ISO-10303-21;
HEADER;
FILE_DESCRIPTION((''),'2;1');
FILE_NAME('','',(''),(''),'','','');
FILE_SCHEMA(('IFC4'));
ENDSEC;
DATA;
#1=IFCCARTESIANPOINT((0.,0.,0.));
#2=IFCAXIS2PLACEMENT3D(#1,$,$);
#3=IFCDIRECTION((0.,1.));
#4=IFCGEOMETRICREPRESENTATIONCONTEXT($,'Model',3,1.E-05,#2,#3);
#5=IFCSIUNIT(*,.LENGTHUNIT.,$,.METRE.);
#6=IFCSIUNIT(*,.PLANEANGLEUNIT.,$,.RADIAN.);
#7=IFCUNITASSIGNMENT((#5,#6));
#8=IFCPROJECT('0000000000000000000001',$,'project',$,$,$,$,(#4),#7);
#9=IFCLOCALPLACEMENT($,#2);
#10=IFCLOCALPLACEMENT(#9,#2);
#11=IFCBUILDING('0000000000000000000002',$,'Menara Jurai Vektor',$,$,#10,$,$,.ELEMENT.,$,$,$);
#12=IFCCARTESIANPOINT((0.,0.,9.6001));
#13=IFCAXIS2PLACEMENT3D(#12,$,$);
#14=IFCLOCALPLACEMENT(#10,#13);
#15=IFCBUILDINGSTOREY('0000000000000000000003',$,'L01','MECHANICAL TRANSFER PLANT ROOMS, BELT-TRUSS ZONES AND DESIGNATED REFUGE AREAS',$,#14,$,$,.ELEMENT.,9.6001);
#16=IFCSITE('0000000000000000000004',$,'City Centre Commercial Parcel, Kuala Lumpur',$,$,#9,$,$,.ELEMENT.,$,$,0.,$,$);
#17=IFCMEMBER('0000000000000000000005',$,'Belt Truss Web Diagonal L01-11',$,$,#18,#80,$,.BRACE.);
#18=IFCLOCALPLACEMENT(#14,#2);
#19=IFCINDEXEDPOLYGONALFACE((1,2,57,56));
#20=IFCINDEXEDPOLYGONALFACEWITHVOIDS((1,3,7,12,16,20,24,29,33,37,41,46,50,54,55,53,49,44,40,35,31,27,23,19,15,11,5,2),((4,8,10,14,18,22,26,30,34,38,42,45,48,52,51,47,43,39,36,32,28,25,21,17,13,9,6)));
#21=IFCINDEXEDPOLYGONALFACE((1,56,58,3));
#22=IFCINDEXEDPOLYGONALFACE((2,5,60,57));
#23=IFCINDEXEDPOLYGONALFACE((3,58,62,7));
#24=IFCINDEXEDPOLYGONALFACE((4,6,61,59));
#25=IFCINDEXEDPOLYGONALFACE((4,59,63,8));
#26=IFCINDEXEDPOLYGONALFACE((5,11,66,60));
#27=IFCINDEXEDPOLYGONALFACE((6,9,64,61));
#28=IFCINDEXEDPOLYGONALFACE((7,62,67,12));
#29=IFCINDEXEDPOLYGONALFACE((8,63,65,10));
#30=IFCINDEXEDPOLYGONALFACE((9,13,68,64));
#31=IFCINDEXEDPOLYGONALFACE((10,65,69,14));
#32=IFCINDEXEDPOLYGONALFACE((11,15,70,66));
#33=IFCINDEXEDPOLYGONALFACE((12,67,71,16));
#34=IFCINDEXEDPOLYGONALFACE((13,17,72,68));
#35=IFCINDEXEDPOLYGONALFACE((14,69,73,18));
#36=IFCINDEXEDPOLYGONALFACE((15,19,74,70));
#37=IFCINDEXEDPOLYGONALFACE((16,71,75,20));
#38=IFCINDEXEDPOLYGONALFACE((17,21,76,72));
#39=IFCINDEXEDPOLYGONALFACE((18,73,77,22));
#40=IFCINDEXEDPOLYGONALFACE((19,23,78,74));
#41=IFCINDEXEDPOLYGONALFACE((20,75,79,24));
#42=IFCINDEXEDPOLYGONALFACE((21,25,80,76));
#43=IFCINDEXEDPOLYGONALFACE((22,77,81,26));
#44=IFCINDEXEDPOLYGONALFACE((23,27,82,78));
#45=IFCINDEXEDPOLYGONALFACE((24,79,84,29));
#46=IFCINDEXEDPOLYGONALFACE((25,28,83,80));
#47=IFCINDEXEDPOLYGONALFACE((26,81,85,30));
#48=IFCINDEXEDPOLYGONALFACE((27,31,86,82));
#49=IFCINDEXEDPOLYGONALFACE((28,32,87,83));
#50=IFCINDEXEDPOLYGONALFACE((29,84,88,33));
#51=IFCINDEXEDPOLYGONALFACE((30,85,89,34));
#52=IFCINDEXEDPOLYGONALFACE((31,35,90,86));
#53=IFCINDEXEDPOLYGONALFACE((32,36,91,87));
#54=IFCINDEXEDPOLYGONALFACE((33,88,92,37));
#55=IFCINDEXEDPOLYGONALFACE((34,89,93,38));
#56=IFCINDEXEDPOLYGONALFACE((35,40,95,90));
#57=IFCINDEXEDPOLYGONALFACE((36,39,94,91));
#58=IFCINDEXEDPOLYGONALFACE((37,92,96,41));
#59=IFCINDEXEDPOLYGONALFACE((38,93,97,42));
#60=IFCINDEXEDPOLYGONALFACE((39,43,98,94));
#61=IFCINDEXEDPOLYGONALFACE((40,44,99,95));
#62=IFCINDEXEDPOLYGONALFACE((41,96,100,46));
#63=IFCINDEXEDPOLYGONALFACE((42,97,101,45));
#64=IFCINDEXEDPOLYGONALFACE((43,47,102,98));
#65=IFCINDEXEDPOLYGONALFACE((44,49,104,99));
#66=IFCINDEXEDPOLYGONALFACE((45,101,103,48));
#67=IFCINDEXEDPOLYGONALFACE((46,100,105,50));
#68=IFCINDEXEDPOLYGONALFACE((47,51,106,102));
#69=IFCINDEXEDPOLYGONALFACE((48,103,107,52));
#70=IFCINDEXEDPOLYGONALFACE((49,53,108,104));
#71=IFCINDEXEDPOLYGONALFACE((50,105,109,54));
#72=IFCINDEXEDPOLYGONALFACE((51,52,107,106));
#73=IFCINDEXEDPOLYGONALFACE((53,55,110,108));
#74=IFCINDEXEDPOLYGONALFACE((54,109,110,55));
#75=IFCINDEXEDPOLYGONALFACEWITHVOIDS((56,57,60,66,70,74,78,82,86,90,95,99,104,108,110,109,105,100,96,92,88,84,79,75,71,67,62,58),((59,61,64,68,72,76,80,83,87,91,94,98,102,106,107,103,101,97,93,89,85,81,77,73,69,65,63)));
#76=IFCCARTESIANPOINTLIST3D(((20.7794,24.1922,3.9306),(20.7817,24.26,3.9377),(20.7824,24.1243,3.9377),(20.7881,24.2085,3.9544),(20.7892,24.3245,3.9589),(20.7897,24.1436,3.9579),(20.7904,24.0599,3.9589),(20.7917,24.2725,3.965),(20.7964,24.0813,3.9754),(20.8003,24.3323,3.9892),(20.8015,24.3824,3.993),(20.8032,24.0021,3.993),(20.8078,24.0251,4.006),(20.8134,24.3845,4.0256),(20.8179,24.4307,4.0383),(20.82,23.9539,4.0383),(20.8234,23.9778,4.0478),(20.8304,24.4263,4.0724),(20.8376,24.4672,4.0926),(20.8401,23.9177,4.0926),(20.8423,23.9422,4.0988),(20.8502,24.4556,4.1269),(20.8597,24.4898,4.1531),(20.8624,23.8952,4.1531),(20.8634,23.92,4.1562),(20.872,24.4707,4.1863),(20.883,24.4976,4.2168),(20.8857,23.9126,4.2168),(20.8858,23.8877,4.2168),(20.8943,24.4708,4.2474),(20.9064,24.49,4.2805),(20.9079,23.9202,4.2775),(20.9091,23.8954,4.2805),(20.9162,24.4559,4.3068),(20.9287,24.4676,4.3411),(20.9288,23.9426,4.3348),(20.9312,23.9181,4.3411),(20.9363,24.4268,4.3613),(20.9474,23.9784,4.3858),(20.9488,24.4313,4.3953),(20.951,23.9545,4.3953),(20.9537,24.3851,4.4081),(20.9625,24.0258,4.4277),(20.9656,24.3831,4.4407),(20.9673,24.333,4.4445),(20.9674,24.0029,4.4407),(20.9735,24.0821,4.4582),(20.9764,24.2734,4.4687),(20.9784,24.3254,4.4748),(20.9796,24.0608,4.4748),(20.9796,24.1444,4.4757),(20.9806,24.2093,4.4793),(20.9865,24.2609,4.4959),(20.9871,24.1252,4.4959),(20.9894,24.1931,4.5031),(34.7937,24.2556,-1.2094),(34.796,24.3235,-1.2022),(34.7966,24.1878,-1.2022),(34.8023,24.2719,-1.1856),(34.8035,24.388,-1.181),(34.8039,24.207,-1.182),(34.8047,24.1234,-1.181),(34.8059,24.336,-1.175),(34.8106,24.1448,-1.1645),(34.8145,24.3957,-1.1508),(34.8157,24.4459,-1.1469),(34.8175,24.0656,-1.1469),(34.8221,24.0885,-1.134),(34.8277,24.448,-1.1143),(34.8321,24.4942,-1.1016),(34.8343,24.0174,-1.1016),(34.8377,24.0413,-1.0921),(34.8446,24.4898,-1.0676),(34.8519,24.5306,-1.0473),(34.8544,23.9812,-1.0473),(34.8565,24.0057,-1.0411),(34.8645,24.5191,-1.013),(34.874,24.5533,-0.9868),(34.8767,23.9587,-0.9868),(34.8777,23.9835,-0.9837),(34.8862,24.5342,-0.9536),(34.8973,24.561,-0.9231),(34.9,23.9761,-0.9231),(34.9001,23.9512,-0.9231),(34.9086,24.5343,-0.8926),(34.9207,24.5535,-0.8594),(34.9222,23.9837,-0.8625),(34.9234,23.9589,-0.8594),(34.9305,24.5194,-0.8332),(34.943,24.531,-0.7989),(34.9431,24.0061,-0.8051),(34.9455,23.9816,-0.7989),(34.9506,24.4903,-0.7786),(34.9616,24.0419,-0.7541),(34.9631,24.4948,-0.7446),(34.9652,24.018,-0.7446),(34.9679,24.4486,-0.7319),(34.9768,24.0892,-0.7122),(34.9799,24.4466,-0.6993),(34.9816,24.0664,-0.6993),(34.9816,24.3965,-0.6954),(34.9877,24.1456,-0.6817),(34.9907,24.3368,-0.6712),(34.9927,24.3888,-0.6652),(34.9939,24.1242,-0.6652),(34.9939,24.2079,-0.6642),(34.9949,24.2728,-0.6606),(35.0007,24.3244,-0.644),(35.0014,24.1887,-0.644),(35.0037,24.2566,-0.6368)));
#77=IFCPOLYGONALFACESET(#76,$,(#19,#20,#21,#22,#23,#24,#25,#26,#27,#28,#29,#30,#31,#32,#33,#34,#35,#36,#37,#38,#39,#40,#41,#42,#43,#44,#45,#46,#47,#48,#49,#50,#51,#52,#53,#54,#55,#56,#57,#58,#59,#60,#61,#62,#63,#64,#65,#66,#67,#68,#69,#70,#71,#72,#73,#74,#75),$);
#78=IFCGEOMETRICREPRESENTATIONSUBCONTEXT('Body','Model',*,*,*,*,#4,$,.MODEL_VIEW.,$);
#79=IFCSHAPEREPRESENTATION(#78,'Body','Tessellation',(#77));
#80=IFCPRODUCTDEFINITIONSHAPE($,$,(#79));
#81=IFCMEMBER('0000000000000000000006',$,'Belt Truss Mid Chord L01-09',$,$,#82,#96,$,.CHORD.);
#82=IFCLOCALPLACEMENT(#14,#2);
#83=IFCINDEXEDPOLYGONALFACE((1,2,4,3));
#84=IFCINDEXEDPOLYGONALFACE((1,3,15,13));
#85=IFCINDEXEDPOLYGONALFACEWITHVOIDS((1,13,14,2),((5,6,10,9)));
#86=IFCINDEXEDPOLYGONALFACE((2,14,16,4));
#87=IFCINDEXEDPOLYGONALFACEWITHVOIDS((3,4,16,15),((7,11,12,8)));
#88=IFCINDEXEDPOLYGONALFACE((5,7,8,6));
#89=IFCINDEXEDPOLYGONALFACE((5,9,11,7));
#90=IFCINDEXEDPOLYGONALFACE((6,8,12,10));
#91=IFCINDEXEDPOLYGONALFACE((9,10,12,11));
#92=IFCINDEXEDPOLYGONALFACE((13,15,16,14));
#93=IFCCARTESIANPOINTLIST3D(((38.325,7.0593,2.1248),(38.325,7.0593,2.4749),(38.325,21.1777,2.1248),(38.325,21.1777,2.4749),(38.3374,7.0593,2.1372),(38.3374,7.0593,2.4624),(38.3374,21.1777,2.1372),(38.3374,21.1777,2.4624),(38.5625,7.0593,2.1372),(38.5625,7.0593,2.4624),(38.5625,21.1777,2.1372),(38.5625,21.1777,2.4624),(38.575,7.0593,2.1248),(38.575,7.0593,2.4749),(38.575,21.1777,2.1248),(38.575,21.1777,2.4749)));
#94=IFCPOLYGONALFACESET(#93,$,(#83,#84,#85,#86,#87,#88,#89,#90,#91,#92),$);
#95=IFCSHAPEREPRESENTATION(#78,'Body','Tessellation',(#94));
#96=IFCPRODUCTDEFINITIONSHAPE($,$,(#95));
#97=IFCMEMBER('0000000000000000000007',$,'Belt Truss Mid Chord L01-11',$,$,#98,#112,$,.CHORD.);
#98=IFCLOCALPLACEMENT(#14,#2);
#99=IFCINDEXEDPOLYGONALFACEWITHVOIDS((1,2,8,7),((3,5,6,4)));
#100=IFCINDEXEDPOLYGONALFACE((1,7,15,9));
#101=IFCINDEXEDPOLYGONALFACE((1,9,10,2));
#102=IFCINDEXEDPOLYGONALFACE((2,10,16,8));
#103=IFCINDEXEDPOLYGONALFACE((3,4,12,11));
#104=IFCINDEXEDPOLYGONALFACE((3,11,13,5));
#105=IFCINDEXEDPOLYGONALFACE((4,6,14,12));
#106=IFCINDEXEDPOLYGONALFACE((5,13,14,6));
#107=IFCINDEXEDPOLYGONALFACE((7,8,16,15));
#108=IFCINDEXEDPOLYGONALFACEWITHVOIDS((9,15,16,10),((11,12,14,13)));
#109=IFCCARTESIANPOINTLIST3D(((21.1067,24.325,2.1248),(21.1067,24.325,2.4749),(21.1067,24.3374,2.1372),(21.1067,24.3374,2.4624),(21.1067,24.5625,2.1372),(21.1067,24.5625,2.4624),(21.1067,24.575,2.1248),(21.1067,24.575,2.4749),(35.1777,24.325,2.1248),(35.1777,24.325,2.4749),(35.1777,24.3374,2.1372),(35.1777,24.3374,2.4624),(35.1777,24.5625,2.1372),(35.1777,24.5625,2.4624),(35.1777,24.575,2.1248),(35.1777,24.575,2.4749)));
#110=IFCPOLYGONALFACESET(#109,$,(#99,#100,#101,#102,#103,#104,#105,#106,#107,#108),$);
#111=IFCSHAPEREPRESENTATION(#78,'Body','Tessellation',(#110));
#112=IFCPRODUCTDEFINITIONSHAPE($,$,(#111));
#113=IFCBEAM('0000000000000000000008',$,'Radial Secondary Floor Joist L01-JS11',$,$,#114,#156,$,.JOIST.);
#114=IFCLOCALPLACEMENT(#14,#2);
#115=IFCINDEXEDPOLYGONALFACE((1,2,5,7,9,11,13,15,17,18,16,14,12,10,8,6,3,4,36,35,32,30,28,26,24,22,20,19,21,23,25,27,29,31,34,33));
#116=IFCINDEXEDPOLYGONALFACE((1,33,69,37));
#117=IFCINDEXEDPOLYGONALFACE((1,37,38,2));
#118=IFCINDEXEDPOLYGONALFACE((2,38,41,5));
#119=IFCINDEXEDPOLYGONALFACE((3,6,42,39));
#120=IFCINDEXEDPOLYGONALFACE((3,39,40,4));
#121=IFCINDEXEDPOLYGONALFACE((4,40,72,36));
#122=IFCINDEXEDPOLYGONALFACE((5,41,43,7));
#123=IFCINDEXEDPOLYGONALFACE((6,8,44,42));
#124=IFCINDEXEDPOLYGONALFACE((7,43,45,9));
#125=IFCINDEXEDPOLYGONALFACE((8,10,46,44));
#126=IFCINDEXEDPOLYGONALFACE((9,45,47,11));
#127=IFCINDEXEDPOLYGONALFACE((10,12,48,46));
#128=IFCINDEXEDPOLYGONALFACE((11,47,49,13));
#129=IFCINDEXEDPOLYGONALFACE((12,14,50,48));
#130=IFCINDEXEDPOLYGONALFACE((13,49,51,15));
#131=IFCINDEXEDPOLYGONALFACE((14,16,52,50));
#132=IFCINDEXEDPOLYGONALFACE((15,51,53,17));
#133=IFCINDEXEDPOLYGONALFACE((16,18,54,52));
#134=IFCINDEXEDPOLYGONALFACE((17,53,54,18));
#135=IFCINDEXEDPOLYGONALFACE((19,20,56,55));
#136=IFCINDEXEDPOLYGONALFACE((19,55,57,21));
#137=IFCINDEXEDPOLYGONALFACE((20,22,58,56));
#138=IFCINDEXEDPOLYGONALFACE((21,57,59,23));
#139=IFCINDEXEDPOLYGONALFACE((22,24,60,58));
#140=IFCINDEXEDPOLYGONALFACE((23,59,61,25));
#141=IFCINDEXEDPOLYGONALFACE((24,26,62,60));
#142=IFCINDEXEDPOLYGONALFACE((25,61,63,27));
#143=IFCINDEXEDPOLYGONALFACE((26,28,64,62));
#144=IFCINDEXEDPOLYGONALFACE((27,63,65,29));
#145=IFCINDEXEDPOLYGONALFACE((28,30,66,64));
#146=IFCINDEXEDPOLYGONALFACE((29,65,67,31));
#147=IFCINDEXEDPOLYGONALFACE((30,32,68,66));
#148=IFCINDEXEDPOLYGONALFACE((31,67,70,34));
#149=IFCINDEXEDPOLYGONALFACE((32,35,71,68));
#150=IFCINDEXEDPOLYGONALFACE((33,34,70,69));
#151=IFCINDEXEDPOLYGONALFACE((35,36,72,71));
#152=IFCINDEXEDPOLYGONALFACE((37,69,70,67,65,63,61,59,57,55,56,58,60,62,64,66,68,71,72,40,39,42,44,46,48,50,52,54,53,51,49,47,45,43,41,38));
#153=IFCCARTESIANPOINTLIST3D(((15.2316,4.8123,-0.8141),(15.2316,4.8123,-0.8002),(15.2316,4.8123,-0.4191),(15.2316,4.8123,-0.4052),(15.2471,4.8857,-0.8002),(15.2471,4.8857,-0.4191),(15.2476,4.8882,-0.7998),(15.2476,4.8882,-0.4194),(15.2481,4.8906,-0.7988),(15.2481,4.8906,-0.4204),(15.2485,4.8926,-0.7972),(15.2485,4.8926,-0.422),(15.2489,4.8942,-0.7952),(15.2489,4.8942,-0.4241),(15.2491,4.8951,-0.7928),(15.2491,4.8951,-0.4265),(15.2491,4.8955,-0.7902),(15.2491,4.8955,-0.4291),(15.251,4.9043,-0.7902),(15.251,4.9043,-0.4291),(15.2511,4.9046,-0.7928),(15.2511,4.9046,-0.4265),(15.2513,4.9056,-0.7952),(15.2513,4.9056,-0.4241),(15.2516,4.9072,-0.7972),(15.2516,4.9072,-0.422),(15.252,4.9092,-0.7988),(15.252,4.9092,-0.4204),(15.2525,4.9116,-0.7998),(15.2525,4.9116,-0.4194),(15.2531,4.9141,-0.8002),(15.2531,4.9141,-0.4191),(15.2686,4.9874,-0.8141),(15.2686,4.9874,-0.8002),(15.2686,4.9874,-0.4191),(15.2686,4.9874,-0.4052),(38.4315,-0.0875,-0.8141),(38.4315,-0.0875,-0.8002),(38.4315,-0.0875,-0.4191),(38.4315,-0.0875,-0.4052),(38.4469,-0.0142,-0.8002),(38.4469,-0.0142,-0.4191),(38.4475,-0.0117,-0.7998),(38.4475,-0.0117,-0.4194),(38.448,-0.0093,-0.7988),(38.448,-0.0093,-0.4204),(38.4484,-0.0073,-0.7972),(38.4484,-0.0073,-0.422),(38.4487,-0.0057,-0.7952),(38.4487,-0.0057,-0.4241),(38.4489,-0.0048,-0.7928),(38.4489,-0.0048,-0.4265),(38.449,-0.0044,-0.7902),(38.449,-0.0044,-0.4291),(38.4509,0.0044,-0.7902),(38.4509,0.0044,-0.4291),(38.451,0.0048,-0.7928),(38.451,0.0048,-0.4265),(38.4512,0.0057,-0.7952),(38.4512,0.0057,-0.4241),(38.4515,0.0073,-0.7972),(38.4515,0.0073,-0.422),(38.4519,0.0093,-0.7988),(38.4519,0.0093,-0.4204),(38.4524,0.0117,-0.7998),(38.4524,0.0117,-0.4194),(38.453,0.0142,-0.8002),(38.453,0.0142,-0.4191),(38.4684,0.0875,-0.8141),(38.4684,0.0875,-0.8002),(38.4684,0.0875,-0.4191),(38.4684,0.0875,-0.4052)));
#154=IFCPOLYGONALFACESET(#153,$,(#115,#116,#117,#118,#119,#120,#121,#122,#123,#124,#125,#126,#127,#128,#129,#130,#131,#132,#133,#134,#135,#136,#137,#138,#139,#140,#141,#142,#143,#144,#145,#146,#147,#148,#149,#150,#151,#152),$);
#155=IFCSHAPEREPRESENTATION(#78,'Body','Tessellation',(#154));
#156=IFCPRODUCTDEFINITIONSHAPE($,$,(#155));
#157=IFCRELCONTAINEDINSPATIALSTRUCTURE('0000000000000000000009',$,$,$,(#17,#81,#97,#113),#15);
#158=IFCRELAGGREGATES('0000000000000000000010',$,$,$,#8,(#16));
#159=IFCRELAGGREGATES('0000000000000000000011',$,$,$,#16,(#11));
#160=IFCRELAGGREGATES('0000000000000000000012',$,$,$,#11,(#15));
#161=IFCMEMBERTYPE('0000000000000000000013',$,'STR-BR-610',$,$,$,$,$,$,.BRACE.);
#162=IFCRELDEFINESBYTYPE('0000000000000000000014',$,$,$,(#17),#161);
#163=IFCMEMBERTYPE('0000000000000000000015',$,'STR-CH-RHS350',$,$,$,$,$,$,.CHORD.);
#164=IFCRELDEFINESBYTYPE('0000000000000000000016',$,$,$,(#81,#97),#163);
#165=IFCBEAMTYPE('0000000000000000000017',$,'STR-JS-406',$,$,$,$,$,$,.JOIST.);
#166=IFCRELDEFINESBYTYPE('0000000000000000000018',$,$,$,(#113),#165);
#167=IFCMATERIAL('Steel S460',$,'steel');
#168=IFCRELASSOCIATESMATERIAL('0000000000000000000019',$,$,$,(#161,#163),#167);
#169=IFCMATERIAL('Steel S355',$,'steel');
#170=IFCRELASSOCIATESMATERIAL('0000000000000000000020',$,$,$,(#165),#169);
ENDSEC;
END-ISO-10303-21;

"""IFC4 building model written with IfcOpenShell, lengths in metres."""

from ifc_helpers import new_model, si_unit, direction, frame, origin, origin_2d, place, context, subcontext, project, spatial, hollow_rectangle, hollow_circle, i_section, extrude, material, material_profile, profile_set, type_object, element, save


model = new_model("IFC4")

# Units and contexts
model_context = context("Model", 3, precision=1e-05, world=origin(), true_north=direction((0.0, 1.0)))
body_context = subcontext(model_context, "Body", "Model", "MODEL_VIEW")
ifc_project = project(units=[si_unit("LENGTHUNIT", "METRE"), si_unit("PLANEANGLEUNIT", "RADIAN")], contexts=[model_context])

# Site, building, storey
site_placement = place(None, origin())
site = spatial("IfcSite", under=ifc_project, at=site_placement, Name="City Centre Commercial Parcel, Kuala Lumpur", CompositionType="ELEMENT", RefElevation=0.0)
building_placement = place(site_placement, origin())
building = spatial("IfcBuilding", under=site, at=building_placement, Name="Menara Jurai Vektor", CompositionType="ELEMENT")
storey_placement = place(building_placement, frame((0.0, 0.0, 9.6001)))
storey = spatial("IfcBuildingStorey", under=building, at=storey_placement, Name="L01", Description="MECHANICAL TRANSFER PLANT ROOMS, BELT-TRUSS ZONES AND DESIGNATED REFUGE AREAS", CompositionType="ELEMENT", Elevation=9.6001)

# Shared definitions
ifc_material_1 = material(Name="Steel S460", Category="steel")

# Members
ifc_material_profile_1 = material_profile(ifc_material_1, hollow_circle(Radius=0.3049, WallThickness=0.0249, at=origin_2d()), Name="CHS 610x25")
ifc_profile_set_1 = profile_set([ifc_material_profile_1], Name="Steel S460")
member_type_1 = type_object("IfcMemberType", Name="STR-BR-610", PredefinedType="BRACE", material=ifc_profile_set_1)
member_1_placement = place(storey_placement, frame((34.8987, 24.2561, -0.9231), z_axis=(-0.938838, -0.004252, 0.344332), x_axis=(0.004529, -0.99999, 0.0)))
element("IfcMember", 1, at=member_1_placement, inside=storey, type_object=member_type_1, Name="Belt Truss Web Diagonal L01-11", PredefinedType="BRACE", context=body_context, shape_type="SweptSolid", body=[
    extrude(hollow_circle(Radius=0.3049, WallThickness=0.0249, at=origin_2d()), origin(), (0.0, 0.0, 1.0), 14.9272),
])
ifc_material_profile_2 = material_profile(ifc_material_1, hollow_rectangle(XDim=0.25, YDim=0.3501, WallThickness=0.0125, at=origin_2d()), Name="RHS 350x250x12.5")
ifc_profile_set_2 = profile_set([ifc_material_profile_2], Name="Steel S460")
member_type_2 = type_object("IfcMemberType", Name="STR-CH-RHS350", PredefinedType="CHORD", material=ifc_profile_set_2)
member_2_placement = place(storey_placement, frame((38.45, 7.0593, 2.2998), z_axis=(0.0, 1.0, 0.0), x_axis=(-1.0, 0.0, 0.0)))
element("IfcMember", 2, at=member_2_placement, inside=storey, type_object=member_type_2, Name="Belt Truss Mid Chord L01-09", PredefinedType="CHORD", context=body_context, shape_type="SweptSolid", body=[
    extrude(hollow_rectangle(XDim=0.25, YDim=0.3501, WallThickness=0.0125, at=origin_2d()), origin(), (0.0, 0.0, 1.0), 14.1184),
])
member_3_placement = place(storey_placement, frame((35.1777, 24.45, 2.2998), z_axis=(-1.0, 0.0, 0.0), x_axis=(0.0, -1.0, 0.0)))
element("IfcMember", 3, at=member_3_placement, inside=storey, type_object=member_type_2, Name="Belt Truss Mid Chord L01-11", PredefinedType="CHORD", context=body_context, shape_type="SweptSolid", body=[
    extrude(hollow_rectangle(XDim=0.25, YDim=0.3501, WallThickness=0.0125, at=origin_2d()), origin(), (0.0, 0.0, 1.0), 14.071),
])

# Beam
ifc_material_2 = material(Name="Steel S355", Category="steel")
ifc_material_profile_3 = material_profile(ifc_material_2, i_section(OverallWidth=0.179, OverallDepth=0.4089, WebThickness=0.009, FlangeThickness=0.0139, FilletRadius=0.01, at=origin_2d()), Name="UKB 406x178x67")
ifc_profile_set_3 = profile_set([ifc_material_profile_3], Name="Steel S355")
beam_type_1 = type_object("IfcBeamType", Name="STR-JS-406", PredefinedType="JOIST", material=ifc_profile_set_3)
beam_1_placement = place(storey_placement, frame((38.45, 0.0, -0.6096), z_axis=(-0.978416, 0.206645, 0.0), x_axis=(-0.206645, -0.978416, 0.0)))
element("IfcBeam", 4, at=beam_1_placement, inside=storey, type_object=beam_type_1, Name="Radial Secondary Floor Joist L01-JS11", PredefinedType="JOIST", context=body_context, shape_type="SweptSolid", body=[
    extrude(i_section(OverallWidth=0.179, OverallDepth=0.4089, WebThickness=0.009, FlangeThickness=0.0139, FilletRadius=0.01, at=origin_2d()), origin(), (0.0, 0.0, 1.0), 23.7117),
])

save(model, "model.ifc")
